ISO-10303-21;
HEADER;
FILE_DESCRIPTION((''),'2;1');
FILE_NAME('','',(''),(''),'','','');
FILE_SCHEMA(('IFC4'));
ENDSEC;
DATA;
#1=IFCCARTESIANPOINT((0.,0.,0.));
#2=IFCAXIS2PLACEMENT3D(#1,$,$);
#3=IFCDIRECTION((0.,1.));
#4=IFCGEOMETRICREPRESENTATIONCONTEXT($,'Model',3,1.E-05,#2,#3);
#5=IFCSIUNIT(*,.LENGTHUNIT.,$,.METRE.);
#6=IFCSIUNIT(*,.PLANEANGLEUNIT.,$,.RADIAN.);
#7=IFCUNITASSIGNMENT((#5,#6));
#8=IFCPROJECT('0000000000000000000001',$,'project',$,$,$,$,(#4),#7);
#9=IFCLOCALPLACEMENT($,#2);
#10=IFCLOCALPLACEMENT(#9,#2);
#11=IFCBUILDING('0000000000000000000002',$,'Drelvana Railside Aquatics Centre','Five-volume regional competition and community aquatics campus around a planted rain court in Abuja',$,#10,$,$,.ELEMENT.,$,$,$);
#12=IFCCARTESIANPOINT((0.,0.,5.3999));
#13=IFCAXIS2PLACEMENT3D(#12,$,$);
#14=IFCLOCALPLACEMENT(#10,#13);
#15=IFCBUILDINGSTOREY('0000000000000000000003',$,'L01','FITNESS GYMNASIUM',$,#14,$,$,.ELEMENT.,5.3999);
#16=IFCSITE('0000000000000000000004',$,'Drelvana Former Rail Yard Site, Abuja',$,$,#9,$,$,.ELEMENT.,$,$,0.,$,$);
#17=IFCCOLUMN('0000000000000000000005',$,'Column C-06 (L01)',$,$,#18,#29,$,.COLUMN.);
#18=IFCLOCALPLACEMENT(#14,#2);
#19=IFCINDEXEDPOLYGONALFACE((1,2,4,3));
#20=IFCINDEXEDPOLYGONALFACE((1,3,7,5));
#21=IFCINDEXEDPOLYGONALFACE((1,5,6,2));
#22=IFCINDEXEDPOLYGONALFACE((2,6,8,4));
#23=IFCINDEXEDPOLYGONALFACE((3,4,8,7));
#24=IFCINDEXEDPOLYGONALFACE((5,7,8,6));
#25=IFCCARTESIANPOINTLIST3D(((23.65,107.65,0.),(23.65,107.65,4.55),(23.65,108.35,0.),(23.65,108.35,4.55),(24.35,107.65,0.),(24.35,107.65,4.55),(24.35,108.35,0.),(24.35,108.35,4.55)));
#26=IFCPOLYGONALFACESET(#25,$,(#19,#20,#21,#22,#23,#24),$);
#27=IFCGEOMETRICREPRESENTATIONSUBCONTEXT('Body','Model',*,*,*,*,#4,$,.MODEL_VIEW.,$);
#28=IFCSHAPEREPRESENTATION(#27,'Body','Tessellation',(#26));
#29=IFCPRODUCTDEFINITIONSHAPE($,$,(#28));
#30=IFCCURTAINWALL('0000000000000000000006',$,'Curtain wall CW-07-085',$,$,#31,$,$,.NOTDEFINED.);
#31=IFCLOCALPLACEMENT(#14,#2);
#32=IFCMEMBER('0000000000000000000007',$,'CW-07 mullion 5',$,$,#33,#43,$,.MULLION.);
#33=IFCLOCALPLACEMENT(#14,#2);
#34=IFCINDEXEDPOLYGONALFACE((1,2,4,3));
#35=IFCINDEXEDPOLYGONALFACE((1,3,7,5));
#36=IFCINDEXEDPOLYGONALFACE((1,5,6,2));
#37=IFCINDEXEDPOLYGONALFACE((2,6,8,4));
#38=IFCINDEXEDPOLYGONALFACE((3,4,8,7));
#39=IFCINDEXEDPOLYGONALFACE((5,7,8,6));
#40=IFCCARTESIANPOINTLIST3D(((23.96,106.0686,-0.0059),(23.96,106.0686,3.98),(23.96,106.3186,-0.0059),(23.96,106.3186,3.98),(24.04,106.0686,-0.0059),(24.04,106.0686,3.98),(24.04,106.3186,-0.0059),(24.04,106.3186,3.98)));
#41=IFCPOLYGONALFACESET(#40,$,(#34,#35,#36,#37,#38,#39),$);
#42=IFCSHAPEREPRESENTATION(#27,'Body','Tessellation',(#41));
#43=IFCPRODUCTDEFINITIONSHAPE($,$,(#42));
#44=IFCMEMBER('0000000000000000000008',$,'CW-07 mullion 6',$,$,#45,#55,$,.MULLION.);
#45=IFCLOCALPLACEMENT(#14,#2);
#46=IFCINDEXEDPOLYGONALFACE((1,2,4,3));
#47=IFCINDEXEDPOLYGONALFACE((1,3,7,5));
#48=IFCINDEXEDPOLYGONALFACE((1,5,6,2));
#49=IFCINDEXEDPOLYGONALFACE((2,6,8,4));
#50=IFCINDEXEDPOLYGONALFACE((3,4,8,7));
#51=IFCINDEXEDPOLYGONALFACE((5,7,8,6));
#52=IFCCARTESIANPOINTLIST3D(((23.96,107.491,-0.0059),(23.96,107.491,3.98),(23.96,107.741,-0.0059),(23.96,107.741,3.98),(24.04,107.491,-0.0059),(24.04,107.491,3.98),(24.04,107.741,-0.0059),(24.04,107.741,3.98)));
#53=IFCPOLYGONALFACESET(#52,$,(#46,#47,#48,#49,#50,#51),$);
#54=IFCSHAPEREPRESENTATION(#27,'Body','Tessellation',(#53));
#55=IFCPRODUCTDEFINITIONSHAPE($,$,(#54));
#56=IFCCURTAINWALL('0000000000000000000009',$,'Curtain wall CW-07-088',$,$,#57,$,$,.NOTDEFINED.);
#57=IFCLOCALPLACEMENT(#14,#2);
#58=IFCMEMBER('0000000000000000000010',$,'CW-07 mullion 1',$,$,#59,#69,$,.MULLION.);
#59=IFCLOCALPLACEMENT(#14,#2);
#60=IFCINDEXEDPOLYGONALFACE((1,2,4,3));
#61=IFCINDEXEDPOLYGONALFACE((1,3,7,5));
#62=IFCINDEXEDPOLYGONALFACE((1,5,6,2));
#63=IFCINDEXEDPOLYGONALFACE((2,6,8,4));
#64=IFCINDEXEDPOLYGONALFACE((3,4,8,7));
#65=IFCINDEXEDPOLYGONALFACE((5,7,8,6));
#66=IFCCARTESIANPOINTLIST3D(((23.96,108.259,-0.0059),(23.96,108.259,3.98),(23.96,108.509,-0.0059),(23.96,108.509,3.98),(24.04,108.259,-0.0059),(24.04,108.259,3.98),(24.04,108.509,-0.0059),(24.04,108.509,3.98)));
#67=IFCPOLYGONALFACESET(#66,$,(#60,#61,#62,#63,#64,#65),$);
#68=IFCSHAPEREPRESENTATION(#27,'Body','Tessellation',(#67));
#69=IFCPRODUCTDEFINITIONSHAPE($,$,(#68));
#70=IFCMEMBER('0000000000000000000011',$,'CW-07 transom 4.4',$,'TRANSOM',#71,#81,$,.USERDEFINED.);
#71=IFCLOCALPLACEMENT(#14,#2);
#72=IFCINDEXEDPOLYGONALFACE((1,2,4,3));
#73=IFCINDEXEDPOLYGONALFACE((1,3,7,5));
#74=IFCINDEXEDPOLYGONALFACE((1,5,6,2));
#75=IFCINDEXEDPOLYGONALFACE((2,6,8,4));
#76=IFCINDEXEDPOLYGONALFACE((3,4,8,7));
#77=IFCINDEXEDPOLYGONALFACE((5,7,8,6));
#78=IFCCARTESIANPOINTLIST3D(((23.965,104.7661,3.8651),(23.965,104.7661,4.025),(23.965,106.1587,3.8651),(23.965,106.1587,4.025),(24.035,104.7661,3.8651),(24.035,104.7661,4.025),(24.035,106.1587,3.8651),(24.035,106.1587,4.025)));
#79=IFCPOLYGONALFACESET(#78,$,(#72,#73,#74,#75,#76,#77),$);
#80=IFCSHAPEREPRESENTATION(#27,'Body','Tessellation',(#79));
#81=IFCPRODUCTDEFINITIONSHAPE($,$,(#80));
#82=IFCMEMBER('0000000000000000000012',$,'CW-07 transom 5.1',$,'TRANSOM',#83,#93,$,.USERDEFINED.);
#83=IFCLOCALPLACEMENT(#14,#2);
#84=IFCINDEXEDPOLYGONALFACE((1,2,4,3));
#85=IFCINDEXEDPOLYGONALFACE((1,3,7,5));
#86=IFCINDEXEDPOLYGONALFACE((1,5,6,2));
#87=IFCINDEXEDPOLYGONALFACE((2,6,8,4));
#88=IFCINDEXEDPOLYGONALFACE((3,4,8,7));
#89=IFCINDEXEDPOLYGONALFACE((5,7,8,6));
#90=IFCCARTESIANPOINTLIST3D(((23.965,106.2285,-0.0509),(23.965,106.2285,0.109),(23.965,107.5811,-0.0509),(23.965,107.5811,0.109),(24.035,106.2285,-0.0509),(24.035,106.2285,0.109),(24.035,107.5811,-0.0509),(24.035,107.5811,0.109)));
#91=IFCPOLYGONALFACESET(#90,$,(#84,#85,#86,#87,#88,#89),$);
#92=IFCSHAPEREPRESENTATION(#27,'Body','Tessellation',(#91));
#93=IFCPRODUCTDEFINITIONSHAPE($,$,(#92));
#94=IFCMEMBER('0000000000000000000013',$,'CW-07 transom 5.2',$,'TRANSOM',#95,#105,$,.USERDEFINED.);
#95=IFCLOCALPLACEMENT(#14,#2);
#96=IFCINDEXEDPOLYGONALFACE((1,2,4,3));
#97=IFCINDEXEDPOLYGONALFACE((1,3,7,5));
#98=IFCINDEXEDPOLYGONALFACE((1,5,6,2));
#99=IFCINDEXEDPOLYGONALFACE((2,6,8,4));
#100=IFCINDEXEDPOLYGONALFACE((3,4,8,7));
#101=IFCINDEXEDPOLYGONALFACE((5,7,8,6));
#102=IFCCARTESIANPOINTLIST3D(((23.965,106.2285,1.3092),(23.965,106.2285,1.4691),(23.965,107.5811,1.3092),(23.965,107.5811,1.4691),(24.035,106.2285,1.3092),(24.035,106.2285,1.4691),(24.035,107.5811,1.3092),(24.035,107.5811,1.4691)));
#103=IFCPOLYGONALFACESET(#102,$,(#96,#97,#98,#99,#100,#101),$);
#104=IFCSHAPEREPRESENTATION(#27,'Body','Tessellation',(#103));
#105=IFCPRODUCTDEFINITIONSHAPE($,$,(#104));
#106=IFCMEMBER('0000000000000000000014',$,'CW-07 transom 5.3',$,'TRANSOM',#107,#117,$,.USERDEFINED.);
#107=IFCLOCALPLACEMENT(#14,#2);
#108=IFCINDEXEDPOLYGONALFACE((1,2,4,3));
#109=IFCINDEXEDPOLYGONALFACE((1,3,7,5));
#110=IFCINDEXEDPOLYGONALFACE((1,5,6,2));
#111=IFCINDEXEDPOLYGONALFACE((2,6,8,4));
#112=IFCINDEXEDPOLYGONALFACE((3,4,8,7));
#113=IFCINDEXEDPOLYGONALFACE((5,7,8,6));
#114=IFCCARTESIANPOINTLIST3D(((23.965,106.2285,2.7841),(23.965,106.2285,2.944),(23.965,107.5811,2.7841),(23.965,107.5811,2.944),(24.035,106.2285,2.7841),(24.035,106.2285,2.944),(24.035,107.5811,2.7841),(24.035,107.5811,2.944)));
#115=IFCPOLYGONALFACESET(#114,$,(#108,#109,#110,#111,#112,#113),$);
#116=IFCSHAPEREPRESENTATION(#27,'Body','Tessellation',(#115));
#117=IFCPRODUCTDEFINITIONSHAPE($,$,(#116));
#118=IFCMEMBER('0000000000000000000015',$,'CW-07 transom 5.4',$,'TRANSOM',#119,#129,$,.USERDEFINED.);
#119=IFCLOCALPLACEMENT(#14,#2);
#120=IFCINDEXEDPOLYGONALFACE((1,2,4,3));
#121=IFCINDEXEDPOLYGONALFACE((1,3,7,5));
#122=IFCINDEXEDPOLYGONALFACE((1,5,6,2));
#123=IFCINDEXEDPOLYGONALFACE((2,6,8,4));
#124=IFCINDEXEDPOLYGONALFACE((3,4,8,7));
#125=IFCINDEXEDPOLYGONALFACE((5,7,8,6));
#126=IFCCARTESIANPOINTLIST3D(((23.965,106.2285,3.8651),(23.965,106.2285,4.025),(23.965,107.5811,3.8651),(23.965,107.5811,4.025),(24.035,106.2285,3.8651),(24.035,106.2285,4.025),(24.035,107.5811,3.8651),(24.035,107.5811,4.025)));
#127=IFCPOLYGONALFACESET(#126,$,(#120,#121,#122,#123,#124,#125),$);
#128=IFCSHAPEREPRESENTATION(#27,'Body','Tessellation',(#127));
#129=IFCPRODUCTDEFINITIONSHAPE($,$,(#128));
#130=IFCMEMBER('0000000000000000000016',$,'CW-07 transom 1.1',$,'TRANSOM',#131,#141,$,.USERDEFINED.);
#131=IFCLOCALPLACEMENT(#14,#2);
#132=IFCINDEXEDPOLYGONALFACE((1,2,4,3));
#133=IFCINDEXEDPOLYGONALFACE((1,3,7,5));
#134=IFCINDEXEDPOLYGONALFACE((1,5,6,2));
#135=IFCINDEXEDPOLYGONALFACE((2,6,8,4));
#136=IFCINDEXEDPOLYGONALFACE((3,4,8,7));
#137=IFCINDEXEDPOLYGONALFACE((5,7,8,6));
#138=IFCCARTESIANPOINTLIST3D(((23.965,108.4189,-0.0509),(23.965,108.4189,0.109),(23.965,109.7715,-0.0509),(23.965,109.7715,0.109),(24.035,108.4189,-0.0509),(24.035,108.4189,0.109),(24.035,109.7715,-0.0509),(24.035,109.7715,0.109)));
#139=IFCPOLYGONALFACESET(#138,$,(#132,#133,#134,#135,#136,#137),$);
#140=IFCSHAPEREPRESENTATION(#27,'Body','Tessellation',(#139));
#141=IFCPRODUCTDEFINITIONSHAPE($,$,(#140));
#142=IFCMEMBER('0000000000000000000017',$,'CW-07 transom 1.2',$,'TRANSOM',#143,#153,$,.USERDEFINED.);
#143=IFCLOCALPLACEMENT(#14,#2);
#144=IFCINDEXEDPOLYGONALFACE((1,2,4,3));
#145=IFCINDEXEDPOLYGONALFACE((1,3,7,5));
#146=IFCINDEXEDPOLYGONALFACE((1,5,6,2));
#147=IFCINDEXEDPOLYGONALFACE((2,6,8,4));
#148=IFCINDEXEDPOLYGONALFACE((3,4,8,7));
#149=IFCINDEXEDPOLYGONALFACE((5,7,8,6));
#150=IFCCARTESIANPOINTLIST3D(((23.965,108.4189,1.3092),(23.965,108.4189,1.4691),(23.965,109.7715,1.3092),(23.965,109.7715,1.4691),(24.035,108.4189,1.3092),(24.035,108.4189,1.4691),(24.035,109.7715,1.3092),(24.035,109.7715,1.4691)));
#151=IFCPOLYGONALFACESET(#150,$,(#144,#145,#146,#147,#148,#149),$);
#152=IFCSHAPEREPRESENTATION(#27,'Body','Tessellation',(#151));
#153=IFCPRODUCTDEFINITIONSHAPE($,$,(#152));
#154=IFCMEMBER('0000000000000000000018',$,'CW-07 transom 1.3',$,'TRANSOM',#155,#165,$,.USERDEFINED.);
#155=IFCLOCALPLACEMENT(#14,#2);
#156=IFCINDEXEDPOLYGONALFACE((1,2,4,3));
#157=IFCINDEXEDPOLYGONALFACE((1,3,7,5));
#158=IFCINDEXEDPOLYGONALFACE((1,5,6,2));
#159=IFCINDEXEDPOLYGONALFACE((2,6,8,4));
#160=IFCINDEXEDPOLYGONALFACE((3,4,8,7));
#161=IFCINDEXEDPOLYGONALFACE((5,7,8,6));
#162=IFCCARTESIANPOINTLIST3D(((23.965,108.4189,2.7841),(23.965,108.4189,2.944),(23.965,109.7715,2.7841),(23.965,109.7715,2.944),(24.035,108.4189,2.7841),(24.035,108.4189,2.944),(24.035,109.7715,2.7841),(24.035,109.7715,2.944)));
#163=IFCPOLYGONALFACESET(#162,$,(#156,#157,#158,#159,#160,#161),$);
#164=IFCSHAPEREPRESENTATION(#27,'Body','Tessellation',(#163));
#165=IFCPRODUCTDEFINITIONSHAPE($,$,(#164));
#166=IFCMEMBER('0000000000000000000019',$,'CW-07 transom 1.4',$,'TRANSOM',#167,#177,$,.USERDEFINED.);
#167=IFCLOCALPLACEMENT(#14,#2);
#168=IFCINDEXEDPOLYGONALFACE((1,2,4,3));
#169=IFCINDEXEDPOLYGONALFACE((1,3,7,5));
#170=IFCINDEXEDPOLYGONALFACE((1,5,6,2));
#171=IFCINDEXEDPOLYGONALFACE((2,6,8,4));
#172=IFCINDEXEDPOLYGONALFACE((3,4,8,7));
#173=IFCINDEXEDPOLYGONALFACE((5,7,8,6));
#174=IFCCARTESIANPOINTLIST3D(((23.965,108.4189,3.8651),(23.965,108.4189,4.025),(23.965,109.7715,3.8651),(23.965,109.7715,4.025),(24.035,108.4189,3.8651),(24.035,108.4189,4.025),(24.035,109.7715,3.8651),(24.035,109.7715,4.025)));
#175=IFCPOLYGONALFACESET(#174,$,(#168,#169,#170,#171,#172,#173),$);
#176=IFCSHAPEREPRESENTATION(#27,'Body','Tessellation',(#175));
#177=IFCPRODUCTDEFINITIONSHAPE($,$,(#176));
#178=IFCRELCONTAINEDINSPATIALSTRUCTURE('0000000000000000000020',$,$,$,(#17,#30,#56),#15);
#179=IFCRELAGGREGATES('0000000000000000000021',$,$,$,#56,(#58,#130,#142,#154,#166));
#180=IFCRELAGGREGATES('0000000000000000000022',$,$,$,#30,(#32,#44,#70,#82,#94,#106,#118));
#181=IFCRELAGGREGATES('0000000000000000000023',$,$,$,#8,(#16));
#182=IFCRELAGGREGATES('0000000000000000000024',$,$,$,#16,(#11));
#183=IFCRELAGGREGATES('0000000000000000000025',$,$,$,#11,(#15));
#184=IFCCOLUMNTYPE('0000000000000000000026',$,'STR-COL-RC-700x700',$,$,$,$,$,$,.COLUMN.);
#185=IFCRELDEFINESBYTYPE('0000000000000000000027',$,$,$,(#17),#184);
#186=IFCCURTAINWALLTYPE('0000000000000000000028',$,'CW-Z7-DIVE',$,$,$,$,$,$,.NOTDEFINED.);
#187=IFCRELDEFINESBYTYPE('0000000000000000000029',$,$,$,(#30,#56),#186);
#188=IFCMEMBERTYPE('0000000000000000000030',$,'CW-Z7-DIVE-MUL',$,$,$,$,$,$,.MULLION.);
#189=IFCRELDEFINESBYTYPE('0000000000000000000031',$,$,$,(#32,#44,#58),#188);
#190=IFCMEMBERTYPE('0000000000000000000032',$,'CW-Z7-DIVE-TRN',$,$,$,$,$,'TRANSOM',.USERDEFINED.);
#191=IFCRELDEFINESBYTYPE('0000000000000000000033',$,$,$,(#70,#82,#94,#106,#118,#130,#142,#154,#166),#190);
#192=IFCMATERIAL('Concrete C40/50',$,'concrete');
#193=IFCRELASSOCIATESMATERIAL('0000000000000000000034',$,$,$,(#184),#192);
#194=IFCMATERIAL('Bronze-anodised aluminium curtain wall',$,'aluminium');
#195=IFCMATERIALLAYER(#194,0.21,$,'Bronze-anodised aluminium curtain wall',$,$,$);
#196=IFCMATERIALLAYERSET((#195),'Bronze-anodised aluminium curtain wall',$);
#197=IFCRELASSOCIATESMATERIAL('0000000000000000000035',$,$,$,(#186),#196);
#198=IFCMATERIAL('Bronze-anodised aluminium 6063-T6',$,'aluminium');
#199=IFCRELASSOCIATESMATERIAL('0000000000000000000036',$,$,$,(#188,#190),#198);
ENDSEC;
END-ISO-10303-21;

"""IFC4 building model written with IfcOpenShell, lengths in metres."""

from ifc_helpers import new_model, si_unit, direction, frame, origin, origin_2d, place, context, subcontext, project, spatial, rectangle, extrude, material, layer, layer_set, material_profile, profile_set, type_object, element, aggregate, save


model = new_model("IFC4")

# Units and contexts
model_context = context("Model", 3, precision=1e-05, world=origin(), true_north=direction((0.0, 1.0)))
body_context = subcontext(model_context, "Body", "Model", "MODEL_VIEW")
ifc_project = project(units=[si_unit("LENGTHUNIT", "METRE"), si_unit("PLANEANGLEUNIT", "RADIAN")], contexts=[model_context])

# Site, building, storey
site_placement = place(None, origin())
site = spatial("IfcSite", under=ifc_project, at=site_placement, Name="Drelvana Former Rail Yard Site, Abuja", CompositionType="ELEMENT", RefElevation=0.0)
building_placement = place(site_placement, origin())
building = spatial("IfcBuilding", under=site, at=building_placement, Name="Drelvana Railside Aquatics Centre", Description="Five-volume regional competition and community aquatics campus around a planted rain court in Abuja", CompositionType="ELEMENT")
storey_placement = place(building_placement, frame((0.0, 0.0, 5.3999)))
storey = spatial("IfcBuildingStorey", under=building, at=storey_placement, Name="L01", Description="FITNESS GYMNASIUM", CompositionType="ELEMENT", Elevation=5.3999)

# Column
ifc_material_1 = material(Name="Concrete C40/50", Category="concrete")
ifc_material_profile_1 = material_profile(ifc_material_1, rectangle(XDim=0.7, YDim=0.7, at=origin_2d()), Name="RC 700x700")
ifc_profile_set_1 = profile_set([ifc_material_profile_1], Name="Concrete C40/50")
column_type = type_object("IfcColumnType", Name="STR-COL-RC-700x700", PredefinedType="COLUMN", material=ifc_profile_set_1)
column_placement = place(storey_placement, frame((24.0, 108.0, 0.0), z_axis=(0.0, 0.0, 1.0), x_axis=(1.0, 0.0, 0.0)))
element("IfcColumn", 1, at=column_placement, inside=storey, type_object=column_type, Name="Column C-06 (L01)", PredefinedType="COLUMN", context=body_context, shape_type="SweptSolid", body=[
    extrude(rectangle(XDim=0.7, YDim=0.7, at=origin_2d()), origin(), (0.0, 0.0, 1.0), 4.55),
])

# Curtain wall, members
ifc_material_2 = material(Name="Bronze-anodised aluminium curtain wall", Category="aluminium")
ifc_layer_1 = layer(ifc_material_2, 0.21, Name="Bronze-anodised aluminium curtain wall")
ifc_layer_set_1 = layer_set([ifc_layer_1], Name="Bronze-anodised aluminium curtain wall")
curtain_wall_type = type_object("IfcCurtainWallType", Name="CW-Z7-DIVE", PredefinedType="NOTDEFINED", material=ifc_layer_set_1)
curtain_wall_1_placement = place(storey_placement, origin())
curtain_wall_1 = element("IfcCurtainWall", 2, at=curtain_wall_1_placement, inside=storey, type_object=curtain_wall_type, Name="Curtain wall CW-07-085", PredefinedType="NOTDEFINED")
ifc_material_3 = material(Name="Bronze-anodised aluminium 6063-T6", Category="aluminium")
ifc_material_profile_2 = material_profile(ifc_material_3, rectangle(XDim=0.0801, YDim=0.25, at=origin_2d()), Name="ALU-M 80x250")
ifc_profile_set_2 = profile_set([ifc_material_profile_2], Name="Bronze-anodised aluminium 6063-T6")
member_type_1 = type_object("IfcMemberType", Name="CW-Z7-DIVE-MUL", PredefinedType="MULLION", material=ifc_profile_set_2)
member_1_placement = place(storey_placement, frame((24.0, 106.1936, -0.0059), z_axis=(0.0, 0.0, 1.0), x_axis=(-1.0, 0.0, 0.0)))
member_1 = element("IfcMember", 3, at=member_1_placement, type_object=member_type_1, Name="CW-07 mullion 5", PredefinedType="MULLION", context=body_context, shape_type="SweptSolid", body=[
    extrude(rectangle(XDim=0.0801, YDim=0.25, at=origin_2d()), origin(), (0.0, 0.0, 1.0), 3.9858),
])
member_2_placement = place(storey_placement, frame((24.0, 107.616, -0.0059), z_axis=(0.0, 0.0, 1.0), x_axis=(-1.0, 0.0, 0.0)))
member_2 = element("IfcMember", 4, at=member_2_placement, type_object=member_type_1, Name="CW-07 mullion 6", PredefinedType="MULLION", context=body_context, shape_type="SweptSolid", body=[
    extrude(rectangle(XDim=0.0801, YDim=0.25, at=origin_2d()), origin(), (0.0, 0.0, 1.0), 3.9858),
])

# Curtain wall, member
curtain_wall_2_placement = place(storey_placement, origin())
curtain_wall_2 = element("IfcCurtainWall", 5, at=curtain_wall_2_placement, inside=storey, type_object=curtain_wall_type, Name="Curtain wall CW-07-088", PredefinedType="NOTDEFINED")
member_3_placement = place(storey_placement, frame((24.0, 108.384, -0.0059), z_axis=(0.0, 0.0, 1.0), x_axis=(-1.0, 0.0, 0.0)))
member_3 = element("IfcMember", 6, at=member_3_placement, type_object=member_type_1, Name="CW-07 mullion 1", PredefinedType="MULLION", context=body_context, shape_type="SweptSolid", body=[
    extrude(rectangle(XDim=0.0801, YDim=0.25, at=origin_2d()), origin(), (0.0, 0.0, 1.0), 3.9858),
])

# Members
ifc_material_profile_3 = material_profile(ifc_material_3, rectangle(XDim=0.1599, YDim=0.0701, at=origin_2d()), Name="ALU-T 70x160")
ifc_profile_set_3 = profile_set([ifc_material_profile_3], Name="Bronze-anodised aluminium 6063-T6")
member_type_2 = type_object("IfcMemberType", Name="CW-Z7-DIVE-TRN", ElementType="TRANSOM", PredefinedType="USERDEFINED", material=ifc_profile_set_3)
member_4_placement = place(storey_placement, frame((24.0, 104.7661, 3.9451), z_axis=(0.0, 1.0, 0.0), x_axis=(0.0, 0.0, 1.0)))
member_4 = element("IfcMember", 7, at=member_4_placement, type_object=member_type_2, Name="CW-07 transom 4.4", ObjectType="TRANSOM", PredefinedType="USERDEFINED", context=body_context, shape_type="SweptSolid", body=[
    extrude(rectangle(XDim=0.1599, YDim=0.0701, at=origin_2d()), origin(), (0.0, 0.0, 1.0), 1.3926),
])
member_5_placement = place(storey_placement, frame((24.0, 106.2285, 0.0291), z_axis=(0.0, 1.0, 0.0), x_axis=(0.0, 0.0, 1.0)))
member_5 = element("IfcMember", 8, at=member_5_placement, type_object=member_type_2, Name="CW-07 transom 5.1", ObjectType="TRANSOM", PredefinedType="USERDEFINED", context=body_context, shape_type="SweptSolid", body=[
    extrude(rectangle(XDim=0.1599, YDim=0.0701, at=origin_2d()), origin(), (0.0, 0.0, 1.0), 1.3525),
])
member_6_placement = place(storey_placement, frame((24.0, 106.2285, 1.3892), z_axis=(0.0, 1.0, 0.0), x_axis=(0.0, 0.0, 1.0)))
member_6 = element("IfcMember", 9, at=member_6_placement, type_object=member_type_2, Name="CW-07 transom 5.2", ObjectType="TRANSOM", PredefinedType="USERDEFINED", context=body_context, shape_type="SweptSolid", body=[
    extrude(rectangle(XDim=0.1599, YDim=0.0701, at=origin_2d()), origin(), (0.0, 0.0, 1.0), 1.3525),
])
member_7_placement = place(storey_placement, frame((24.0, 106.2285, 2.864), z_axis=(0.0, 1.0, 0.0), x_axis=(0.0, 0.0, 1.0)))
member_7 = element("IfcMember", 10, at=member_7_placement, type_object=member_type_2, Name="CW-07 transom 5.3", ObjectType="TRANSOM", PredefinedType="USERDEFINED", context=body_context, shape_type="SweptSolid", body=[
    extrude(rectangle(XDim=0.1599, YDim=0.0701, at=origin_2d()), origin(), (0.0, 0.0, 1.0), 1.3525),
])
member_8_placement = place(storey_placement, frame((24.0, 106.2285, 3.9451), z_axis=(0.0, 1.0, 0.0), x_axis=(0.0, 0.0, 1.0)))
member_8 = element("IfcMember", 11, at=member_8_placement, type_object=member_type_2, Name="CW-07 transom 5.4", ObjectType="TRANSOM", PredefinedType="USERDEFINED", context=body_context, shape_type="SweptSolid", body=[
    extrude(rectangle(XDim=0.1599, YDim=0.0701, at=origin_2d()), origin(), (0.0, 0.0, 1.0), 1.3525),
])
member_9_placement = place(storey_placement, frame((24.0, 108.4189, 0.0291), z_axis=(0.0, 1.0, 0.0), x_axis=(0.0, 0.0, 1.0)))
member_9 = element("IfcMember", 12, at=member_9_placement, type_object=member_type_2, Name="CW-07 transom 1.1", ObjectType="TRANSOM", PredefinedType="USERDEFINED", context=body_context, shape_type="SweptSolid", body=[
    extrude(rectangle(XDim=0.1599, YDim=0.0701, at=origin_2d()), origin(), (0.0, 0.0, 1.0), 1.3525),
])
member_10_placement = place(storey_placement, frame((24.0, 108.4189, 1.3892), z_axis=(0.0, 1.0, 0.0), x_axis=(0.0, 0.0, 1.0)))
member_10 = element("IfcMember", 13, at=member_10_placement, type_object=member_type_2, Name="CW-07 transom 1.2", ObjectType="TRANSOM", PredefinedType="USERDEFINED", context=body_context, shape_type="SweptSolid", body=[
    extrude(rectangle(XDim=0.1599, YDim=0.0701, at=origin_2d()), origin(), (0.0, 0.0, 1.0), 1.3525),
])
member_11_placement = place(storey_placement, frame((24.0, 108.4189, 2.864), z_axis=(0.0, 1.0, 0.0), x_axis=(0.0, 0.0, 1.0)))
member_11 = element("IfcMember", 14, at=member_11_placement, type_object=member_type_2, Name="CW-07 transom 1.3", ObjectType="TRANSOM", PredefinedType="USERDEFINED", context=body_context, shape_type="SweptSolid", body=[
    extrude(rectangle(XDim=0.1599, YDim=0.0701, at=origin_2d()), origin(), (0.0, 0.0, 1.0), 1.3525),
])
member_12_placement = place(storey_placement, frame((24.0, 108.4189, 3.9451), z_axis=(0.0, 1.0, 0.0), x_axis=(0.0, 0.0, 1.0)))
member_12 = element("IfcMember", 15, at=member_12_placement, type_object=member_type_2, Name="CW-07 transom 1.4", ObjectType="TRANSOM", PredefinedType="USERDEFINED", context=body_context, shape_type="SweptSolid", body=[
    extrude(rectangle(XDim=0.1599, YDim=0.0701, at=origin_2d()), origin(), (0.0, 0.0, 1.0), 1.3525),
])
aggregate(curtain_wall_2, [member_3, member_9, member_10, member_11, member_12])

aggregate(curtain_wall_1, [member_1, member_2, member_4, member_5, member_6, member_7, member_8])

save(model, "model.ifc")
